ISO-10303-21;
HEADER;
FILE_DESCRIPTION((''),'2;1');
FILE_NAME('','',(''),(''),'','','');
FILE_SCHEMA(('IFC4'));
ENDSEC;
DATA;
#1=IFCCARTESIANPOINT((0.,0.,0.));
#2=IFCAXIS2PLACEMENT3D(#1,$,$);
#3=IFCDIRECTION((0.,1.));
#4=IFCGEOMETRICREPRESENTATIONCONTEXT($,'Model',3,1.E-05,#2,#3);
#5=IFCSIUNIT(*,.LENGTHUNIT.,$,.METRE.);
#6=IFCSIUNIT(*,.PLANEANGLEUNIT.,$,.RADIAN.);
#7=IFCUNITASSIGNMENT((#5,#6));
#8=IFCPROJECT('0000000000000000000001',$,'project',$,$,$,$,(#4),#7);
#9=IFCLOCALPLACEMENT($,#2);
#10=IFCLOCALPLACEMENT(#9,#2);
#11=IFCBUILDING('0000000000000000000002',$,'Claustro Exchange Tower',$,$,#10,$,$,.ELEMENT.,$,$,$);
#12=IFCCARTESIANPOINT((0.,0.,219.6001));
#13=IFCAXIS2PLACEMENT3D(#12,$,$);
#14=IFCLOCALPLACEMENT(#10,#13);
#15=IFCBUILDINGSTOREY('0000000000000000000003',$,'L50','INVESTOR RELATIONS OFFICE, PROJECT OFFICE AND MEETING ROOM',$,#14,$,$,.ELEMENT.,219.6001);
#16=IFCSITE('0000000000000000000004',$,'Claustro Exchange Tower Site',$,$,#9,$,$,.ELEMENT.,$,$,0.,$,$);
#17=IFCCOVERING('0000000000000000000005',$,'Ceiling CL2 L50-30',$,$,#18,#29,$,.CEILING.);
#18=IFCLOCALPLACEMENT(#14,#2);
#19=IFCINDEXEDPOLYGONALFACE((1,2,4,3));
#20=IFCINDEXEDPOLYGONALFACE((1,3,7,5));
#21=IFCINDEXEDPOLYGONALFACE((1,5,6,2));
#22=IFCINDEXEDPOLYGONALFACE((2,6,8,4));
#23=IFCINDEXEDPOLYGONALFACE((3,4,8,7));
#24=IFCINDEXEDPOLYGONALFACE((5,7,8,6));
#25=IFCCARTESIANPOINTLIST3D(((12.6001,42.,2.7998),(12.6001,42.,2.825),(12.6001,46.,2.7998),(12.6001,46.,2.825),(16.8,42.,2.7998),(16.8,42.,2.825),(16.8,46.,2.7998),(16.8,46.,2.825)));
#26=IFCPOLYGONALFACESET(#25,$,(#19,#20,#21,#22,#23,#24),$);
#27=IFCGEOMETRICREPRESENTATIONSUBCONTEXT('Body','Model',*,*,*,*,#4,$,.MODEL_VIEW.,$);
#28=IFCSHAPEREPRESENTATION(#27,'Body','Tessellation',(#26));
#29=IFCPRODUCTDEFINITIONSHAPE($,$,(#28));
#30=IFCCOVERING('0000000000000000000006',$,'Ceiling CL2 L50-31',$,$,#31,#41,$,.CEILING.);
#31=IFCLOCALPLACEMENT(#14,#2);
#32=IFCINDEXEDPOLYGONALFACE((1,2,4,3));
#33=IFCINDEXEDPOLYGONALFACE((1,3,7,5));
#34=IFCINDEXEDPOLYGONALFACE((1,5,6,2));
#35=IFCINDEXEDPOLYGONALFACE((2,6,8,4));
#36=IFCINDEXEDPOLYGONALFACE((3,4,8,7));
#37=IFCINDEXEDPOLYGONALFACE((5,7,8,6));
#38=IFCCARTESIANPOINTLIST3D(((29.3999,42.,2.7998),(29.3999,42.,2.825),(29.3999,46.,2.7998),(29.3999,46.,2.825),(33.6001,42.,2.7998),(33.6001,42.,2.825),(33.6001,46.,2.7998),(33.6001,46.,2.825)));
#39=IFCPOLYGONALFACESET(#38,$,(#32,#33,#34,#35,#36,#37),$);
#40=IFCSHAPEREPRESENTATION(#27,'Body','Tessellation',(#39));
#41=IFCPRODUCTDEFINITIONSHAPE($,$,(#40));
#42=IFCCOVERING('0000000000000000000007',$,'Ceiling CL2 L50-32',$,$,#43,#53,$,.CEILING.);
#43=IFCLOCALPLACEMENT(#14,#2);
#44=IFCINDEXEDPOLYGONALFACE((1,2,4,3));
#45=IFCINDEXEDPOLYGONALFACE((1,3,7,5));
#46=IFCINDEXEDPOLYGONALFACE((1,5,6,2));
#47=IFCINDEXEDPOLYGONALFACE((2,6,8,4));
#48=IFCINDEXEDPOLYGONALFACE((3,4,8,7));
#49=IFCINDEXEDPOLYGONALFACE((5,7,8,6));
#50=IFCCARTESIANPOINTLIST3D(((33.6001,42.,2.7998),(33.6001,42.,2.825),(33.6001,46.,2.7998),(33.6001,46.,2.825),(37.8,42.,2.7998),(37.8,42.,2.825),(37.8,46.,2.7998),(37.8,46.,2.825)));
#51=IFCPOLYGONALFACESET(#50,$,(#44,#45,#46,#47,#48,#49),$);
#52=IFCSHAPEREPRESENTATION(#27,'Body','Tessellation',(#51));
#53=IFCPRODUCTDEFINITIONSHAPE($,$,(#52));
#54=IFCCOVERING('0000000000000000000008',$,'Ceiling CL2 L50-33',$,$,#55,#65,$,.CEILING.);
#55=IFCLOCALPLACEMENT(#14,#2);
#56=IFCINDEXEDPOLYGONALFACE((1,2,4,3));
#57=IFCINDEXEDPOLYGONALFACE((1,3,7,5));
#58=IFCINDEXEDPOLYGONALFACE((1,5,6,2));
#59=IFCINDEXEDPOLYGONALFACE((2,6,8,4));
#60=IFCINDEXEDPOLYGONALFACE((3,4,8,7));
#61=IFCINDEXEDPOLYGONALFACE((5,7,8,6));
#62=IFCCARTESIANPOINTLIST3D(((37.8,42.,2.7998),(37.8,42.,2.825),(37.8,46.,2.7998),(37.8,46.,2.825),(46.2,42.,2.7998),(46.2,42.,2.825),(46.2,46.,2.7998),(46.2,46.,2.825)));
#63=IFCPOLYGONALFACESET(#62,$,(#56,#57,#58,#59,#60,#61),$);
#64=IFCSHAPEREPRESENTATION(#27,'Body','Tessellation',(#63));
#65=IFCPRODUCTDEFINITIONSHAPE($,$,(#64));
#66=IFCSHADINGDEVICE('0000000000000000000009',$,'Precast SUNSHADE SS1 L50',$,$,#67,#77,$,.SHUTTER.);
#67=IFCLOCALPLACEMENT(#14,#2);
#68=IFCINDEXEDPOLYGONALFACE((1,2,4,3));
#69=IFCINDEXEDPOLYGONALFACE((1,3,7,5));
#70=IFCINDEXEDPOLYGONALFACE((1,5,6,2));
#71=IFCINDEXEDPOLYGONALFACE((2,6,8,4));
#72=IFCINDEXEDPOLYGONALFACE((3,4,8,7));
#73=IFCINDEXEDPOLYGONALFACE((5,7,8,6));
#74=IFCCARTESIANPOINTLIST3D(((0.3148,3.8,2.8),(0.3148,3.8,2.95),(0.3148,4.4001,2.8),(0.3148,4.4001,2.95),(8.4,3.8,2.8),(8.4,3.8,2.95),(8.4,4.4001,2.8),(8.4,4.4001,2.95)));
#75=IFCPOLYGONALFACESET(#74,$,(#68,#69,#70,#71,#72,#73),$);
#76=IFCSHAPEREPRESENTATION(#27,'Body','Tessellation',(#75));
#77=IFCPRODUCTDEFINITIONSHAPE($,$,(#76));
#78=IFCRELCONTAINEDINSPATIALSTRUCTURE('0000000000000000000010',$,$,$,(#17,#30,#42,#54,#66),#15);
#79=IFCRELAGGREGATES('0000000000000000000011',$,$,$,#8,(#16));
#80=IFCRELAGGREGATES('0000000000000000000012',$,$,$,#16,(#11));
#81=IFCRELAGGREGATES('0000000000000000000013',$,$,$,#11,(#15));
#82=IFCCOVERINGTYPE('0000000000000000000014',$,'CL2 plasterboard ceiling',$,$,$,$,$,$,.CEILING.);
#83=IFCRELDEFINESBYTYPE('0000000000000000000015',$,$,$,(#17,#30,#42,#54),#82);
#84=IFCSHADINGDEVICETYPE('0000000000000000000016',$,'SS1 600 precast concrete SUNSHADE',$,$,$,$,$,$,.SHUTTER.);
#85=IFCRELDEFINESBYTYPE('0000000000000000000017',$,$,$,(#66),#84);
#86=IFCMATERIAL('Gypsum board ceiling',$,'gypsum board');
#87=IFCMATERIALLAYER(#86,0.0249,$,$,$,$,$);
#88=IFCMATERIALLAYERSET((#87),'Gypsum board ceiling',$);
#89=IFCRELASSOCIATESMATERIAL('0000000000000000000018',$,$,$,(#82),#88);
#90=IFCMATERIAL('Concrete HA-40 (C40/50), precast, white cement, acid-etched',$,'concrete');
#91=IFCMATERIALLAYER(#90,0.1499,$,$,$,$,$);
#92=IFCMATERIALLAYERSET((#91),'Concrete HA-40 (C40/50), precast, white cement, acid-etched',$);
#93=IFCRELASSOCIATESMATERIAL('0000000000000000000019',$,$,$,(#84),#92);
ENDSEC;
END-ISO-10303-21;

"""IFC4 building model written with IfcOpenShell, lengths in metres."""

from ifc_helpers import new_model, si_unit, direction, frame, origin, origin_2d, place, context, subcontext, project, spatial, polyline, rectangle, outline, extrude, material, layer, layer_set, type_object, element, save


model = new_model("IFC4")

# Units and contexts
model_context = context("Model", 3, precision=1e-05, world=origin(), true_north=direction((0.0, 1.0)))
body_context = subcontext(model_context, "Body", "Model", "MODEL_VIEW")
ifc_project = project(units=[si_unit("LENGTHUNIT", "METRE"), si_unit("PLANEANGLEUNIT", "RADIAN")], contexts=[model_context])

# Site, building, storey
site_placement = place(None, origin())
site = spatial("IfcSite", under=ifc_project, at=site_placement, Name="Claustro Exchange Tower Site", CompositionType="ELEMENT", RefElevation=0.0)
building_placement = place(site_placement, origin())
building = spatial("IfcBuilding", under=site, at=building_placement, Name="Claustro Exchange Tower", CompositionType="ELEMENT")
storey_placement = place(building_placement, frame((0.0, 0.0, 219.6001)))
storey = spatial("IfcBuildingStorey", under=building, at=storey_placement, Name="L50", Description="INVESTOR RELATIONS OFFICE, PROJECT OFFICE AND MEETING ROOM", CompositionType="ELEMENT", Elevation=219.6001)

# Coverings
ifc_material_1 = material(Name="Gypsum board ceiling", Category="gypsum board")
ifc_layer_1 = layer(ifc_material_1, 0.0249)
ifc_layer_set_1 = layer_set([ifc_layer_1], Name="Gypsum board ceiling")
covering_type = type_object("IfcCoveringType", Name="CL2 plasterboard ceiling", PredefinedType="CEILING", material=ifc_layer_set_1)
covering_1_placement = place(storey_placement, frame((0.0, 0.0, 2.7998)))
element("IfcCovering", 1, at=covering_1_placement, inside=storey, type_object=covering_type, Name="Ceiling CL2 L50-30", PredefinedType="CEILING", context=body_context, shape_type="SweptSolid", body=[
    extrude(outline(polyline([(16.8, 46.0), (12.6001, 46.0), (12.6001, 42.0), (16.8, 42.0), (16.8, 46.0)])), origin(), (0.0, 0.0, 1.0), 0.0251),
])
covering_2_placement = place(storey_placement, frame((0.0, 0.0, 2.7998)))
element("IfcCovering", 2, at=covering_2_placement, inside=storey, type_object=covering_type, Name="Ceiling CL2 L50-31", PredefinedType="CEILING", context=body_context, shape_type="SweptSolid", body=[
    extrude(outline(polyline([(33.6001, 46.0), (29.3999, 46.0), (29.3999, 42.0), (33.6001, 42.0), (33.6001, 46.0)])), origin(), (0.0, 0.0, 1.0), 0.0251),
])
covering_3_placement = place(storey_placement, frame((0.0, 0.0, 2.7998)))
element("IfcCovering", 3, at=covering_3_placement, inside=storey, type_object=covering_type, Name="Ceiling CL2 L50-32", PredefinedType="CEILING", context=body_context, shape_type="SweptSolid", body=[
    extrude(outline(polyline([(37.8, 46.0), (33.6001, 46.0), (33.6001, 42.0), (37.8, 42.0), (37.8, 46.0)])), origin(), (0.0, 0.0, 1.0), 0.0251),
])
covering_4_placement = place(storey_placement, frame((0.0, 0.0, 2.7998)))
element("IfcCovering", 4, at=covering_4_placement, inside=storey, type_object=covering_type, Name="Ceiling CL2 L50-33", PredefinedType="CEILING", context=body_context, shape_type="SweptSolid", body=[
    extrude(outline(polyline([(46.2, 46.0), (37.8, 46.0), (37.8, 42.0), (46.2, 42.0), (46.2, 46.0)])), origin(), (0.0, 0.0, 1.0), 0.0251),
])

# Shading device
ifc_material_2 = material(Name="Concrete HA-40 (C40/50), precast, white cement, acid-etched", Category="concrete")
ifc_layer_2 = layer(ifc_material_2, 0.1499)
ifc_layer_set_2 = layer_set([ifc_layer_2], Name="Concrete HA-40 (C40/50), precast, white cement, acid-etched")
shading_device_type = type_object("IfcShadingDeviceType", Name="SS1 600 precast concrete SUNSHADE", PredefinedType="SHUTTER", material=ifc_layer_set_2)
shading_device_placement = place(storey_placement, frame((4.3574, 4.1001, 2.8), z_axis=(0.0, 0.0, 1.0), x_axis=(-1.0, 0.0, 0.0)))
element("IfcShadingDevice", 5, at=shading_device_placement, inside=storey, type_object=shading_device_type, Name="Precast SUNSHADE SS1 L50", PredefinedType="SHUTTER", context=body_context, shape_type="SweptSolid", body=[
    extrude(rectangle(XDim=8.0852, YDim=0.6001, at=origin_2d()), origin(), (0.0, 0.0, 1.0), 0.1499),
])

save(model, "model.ifc")
